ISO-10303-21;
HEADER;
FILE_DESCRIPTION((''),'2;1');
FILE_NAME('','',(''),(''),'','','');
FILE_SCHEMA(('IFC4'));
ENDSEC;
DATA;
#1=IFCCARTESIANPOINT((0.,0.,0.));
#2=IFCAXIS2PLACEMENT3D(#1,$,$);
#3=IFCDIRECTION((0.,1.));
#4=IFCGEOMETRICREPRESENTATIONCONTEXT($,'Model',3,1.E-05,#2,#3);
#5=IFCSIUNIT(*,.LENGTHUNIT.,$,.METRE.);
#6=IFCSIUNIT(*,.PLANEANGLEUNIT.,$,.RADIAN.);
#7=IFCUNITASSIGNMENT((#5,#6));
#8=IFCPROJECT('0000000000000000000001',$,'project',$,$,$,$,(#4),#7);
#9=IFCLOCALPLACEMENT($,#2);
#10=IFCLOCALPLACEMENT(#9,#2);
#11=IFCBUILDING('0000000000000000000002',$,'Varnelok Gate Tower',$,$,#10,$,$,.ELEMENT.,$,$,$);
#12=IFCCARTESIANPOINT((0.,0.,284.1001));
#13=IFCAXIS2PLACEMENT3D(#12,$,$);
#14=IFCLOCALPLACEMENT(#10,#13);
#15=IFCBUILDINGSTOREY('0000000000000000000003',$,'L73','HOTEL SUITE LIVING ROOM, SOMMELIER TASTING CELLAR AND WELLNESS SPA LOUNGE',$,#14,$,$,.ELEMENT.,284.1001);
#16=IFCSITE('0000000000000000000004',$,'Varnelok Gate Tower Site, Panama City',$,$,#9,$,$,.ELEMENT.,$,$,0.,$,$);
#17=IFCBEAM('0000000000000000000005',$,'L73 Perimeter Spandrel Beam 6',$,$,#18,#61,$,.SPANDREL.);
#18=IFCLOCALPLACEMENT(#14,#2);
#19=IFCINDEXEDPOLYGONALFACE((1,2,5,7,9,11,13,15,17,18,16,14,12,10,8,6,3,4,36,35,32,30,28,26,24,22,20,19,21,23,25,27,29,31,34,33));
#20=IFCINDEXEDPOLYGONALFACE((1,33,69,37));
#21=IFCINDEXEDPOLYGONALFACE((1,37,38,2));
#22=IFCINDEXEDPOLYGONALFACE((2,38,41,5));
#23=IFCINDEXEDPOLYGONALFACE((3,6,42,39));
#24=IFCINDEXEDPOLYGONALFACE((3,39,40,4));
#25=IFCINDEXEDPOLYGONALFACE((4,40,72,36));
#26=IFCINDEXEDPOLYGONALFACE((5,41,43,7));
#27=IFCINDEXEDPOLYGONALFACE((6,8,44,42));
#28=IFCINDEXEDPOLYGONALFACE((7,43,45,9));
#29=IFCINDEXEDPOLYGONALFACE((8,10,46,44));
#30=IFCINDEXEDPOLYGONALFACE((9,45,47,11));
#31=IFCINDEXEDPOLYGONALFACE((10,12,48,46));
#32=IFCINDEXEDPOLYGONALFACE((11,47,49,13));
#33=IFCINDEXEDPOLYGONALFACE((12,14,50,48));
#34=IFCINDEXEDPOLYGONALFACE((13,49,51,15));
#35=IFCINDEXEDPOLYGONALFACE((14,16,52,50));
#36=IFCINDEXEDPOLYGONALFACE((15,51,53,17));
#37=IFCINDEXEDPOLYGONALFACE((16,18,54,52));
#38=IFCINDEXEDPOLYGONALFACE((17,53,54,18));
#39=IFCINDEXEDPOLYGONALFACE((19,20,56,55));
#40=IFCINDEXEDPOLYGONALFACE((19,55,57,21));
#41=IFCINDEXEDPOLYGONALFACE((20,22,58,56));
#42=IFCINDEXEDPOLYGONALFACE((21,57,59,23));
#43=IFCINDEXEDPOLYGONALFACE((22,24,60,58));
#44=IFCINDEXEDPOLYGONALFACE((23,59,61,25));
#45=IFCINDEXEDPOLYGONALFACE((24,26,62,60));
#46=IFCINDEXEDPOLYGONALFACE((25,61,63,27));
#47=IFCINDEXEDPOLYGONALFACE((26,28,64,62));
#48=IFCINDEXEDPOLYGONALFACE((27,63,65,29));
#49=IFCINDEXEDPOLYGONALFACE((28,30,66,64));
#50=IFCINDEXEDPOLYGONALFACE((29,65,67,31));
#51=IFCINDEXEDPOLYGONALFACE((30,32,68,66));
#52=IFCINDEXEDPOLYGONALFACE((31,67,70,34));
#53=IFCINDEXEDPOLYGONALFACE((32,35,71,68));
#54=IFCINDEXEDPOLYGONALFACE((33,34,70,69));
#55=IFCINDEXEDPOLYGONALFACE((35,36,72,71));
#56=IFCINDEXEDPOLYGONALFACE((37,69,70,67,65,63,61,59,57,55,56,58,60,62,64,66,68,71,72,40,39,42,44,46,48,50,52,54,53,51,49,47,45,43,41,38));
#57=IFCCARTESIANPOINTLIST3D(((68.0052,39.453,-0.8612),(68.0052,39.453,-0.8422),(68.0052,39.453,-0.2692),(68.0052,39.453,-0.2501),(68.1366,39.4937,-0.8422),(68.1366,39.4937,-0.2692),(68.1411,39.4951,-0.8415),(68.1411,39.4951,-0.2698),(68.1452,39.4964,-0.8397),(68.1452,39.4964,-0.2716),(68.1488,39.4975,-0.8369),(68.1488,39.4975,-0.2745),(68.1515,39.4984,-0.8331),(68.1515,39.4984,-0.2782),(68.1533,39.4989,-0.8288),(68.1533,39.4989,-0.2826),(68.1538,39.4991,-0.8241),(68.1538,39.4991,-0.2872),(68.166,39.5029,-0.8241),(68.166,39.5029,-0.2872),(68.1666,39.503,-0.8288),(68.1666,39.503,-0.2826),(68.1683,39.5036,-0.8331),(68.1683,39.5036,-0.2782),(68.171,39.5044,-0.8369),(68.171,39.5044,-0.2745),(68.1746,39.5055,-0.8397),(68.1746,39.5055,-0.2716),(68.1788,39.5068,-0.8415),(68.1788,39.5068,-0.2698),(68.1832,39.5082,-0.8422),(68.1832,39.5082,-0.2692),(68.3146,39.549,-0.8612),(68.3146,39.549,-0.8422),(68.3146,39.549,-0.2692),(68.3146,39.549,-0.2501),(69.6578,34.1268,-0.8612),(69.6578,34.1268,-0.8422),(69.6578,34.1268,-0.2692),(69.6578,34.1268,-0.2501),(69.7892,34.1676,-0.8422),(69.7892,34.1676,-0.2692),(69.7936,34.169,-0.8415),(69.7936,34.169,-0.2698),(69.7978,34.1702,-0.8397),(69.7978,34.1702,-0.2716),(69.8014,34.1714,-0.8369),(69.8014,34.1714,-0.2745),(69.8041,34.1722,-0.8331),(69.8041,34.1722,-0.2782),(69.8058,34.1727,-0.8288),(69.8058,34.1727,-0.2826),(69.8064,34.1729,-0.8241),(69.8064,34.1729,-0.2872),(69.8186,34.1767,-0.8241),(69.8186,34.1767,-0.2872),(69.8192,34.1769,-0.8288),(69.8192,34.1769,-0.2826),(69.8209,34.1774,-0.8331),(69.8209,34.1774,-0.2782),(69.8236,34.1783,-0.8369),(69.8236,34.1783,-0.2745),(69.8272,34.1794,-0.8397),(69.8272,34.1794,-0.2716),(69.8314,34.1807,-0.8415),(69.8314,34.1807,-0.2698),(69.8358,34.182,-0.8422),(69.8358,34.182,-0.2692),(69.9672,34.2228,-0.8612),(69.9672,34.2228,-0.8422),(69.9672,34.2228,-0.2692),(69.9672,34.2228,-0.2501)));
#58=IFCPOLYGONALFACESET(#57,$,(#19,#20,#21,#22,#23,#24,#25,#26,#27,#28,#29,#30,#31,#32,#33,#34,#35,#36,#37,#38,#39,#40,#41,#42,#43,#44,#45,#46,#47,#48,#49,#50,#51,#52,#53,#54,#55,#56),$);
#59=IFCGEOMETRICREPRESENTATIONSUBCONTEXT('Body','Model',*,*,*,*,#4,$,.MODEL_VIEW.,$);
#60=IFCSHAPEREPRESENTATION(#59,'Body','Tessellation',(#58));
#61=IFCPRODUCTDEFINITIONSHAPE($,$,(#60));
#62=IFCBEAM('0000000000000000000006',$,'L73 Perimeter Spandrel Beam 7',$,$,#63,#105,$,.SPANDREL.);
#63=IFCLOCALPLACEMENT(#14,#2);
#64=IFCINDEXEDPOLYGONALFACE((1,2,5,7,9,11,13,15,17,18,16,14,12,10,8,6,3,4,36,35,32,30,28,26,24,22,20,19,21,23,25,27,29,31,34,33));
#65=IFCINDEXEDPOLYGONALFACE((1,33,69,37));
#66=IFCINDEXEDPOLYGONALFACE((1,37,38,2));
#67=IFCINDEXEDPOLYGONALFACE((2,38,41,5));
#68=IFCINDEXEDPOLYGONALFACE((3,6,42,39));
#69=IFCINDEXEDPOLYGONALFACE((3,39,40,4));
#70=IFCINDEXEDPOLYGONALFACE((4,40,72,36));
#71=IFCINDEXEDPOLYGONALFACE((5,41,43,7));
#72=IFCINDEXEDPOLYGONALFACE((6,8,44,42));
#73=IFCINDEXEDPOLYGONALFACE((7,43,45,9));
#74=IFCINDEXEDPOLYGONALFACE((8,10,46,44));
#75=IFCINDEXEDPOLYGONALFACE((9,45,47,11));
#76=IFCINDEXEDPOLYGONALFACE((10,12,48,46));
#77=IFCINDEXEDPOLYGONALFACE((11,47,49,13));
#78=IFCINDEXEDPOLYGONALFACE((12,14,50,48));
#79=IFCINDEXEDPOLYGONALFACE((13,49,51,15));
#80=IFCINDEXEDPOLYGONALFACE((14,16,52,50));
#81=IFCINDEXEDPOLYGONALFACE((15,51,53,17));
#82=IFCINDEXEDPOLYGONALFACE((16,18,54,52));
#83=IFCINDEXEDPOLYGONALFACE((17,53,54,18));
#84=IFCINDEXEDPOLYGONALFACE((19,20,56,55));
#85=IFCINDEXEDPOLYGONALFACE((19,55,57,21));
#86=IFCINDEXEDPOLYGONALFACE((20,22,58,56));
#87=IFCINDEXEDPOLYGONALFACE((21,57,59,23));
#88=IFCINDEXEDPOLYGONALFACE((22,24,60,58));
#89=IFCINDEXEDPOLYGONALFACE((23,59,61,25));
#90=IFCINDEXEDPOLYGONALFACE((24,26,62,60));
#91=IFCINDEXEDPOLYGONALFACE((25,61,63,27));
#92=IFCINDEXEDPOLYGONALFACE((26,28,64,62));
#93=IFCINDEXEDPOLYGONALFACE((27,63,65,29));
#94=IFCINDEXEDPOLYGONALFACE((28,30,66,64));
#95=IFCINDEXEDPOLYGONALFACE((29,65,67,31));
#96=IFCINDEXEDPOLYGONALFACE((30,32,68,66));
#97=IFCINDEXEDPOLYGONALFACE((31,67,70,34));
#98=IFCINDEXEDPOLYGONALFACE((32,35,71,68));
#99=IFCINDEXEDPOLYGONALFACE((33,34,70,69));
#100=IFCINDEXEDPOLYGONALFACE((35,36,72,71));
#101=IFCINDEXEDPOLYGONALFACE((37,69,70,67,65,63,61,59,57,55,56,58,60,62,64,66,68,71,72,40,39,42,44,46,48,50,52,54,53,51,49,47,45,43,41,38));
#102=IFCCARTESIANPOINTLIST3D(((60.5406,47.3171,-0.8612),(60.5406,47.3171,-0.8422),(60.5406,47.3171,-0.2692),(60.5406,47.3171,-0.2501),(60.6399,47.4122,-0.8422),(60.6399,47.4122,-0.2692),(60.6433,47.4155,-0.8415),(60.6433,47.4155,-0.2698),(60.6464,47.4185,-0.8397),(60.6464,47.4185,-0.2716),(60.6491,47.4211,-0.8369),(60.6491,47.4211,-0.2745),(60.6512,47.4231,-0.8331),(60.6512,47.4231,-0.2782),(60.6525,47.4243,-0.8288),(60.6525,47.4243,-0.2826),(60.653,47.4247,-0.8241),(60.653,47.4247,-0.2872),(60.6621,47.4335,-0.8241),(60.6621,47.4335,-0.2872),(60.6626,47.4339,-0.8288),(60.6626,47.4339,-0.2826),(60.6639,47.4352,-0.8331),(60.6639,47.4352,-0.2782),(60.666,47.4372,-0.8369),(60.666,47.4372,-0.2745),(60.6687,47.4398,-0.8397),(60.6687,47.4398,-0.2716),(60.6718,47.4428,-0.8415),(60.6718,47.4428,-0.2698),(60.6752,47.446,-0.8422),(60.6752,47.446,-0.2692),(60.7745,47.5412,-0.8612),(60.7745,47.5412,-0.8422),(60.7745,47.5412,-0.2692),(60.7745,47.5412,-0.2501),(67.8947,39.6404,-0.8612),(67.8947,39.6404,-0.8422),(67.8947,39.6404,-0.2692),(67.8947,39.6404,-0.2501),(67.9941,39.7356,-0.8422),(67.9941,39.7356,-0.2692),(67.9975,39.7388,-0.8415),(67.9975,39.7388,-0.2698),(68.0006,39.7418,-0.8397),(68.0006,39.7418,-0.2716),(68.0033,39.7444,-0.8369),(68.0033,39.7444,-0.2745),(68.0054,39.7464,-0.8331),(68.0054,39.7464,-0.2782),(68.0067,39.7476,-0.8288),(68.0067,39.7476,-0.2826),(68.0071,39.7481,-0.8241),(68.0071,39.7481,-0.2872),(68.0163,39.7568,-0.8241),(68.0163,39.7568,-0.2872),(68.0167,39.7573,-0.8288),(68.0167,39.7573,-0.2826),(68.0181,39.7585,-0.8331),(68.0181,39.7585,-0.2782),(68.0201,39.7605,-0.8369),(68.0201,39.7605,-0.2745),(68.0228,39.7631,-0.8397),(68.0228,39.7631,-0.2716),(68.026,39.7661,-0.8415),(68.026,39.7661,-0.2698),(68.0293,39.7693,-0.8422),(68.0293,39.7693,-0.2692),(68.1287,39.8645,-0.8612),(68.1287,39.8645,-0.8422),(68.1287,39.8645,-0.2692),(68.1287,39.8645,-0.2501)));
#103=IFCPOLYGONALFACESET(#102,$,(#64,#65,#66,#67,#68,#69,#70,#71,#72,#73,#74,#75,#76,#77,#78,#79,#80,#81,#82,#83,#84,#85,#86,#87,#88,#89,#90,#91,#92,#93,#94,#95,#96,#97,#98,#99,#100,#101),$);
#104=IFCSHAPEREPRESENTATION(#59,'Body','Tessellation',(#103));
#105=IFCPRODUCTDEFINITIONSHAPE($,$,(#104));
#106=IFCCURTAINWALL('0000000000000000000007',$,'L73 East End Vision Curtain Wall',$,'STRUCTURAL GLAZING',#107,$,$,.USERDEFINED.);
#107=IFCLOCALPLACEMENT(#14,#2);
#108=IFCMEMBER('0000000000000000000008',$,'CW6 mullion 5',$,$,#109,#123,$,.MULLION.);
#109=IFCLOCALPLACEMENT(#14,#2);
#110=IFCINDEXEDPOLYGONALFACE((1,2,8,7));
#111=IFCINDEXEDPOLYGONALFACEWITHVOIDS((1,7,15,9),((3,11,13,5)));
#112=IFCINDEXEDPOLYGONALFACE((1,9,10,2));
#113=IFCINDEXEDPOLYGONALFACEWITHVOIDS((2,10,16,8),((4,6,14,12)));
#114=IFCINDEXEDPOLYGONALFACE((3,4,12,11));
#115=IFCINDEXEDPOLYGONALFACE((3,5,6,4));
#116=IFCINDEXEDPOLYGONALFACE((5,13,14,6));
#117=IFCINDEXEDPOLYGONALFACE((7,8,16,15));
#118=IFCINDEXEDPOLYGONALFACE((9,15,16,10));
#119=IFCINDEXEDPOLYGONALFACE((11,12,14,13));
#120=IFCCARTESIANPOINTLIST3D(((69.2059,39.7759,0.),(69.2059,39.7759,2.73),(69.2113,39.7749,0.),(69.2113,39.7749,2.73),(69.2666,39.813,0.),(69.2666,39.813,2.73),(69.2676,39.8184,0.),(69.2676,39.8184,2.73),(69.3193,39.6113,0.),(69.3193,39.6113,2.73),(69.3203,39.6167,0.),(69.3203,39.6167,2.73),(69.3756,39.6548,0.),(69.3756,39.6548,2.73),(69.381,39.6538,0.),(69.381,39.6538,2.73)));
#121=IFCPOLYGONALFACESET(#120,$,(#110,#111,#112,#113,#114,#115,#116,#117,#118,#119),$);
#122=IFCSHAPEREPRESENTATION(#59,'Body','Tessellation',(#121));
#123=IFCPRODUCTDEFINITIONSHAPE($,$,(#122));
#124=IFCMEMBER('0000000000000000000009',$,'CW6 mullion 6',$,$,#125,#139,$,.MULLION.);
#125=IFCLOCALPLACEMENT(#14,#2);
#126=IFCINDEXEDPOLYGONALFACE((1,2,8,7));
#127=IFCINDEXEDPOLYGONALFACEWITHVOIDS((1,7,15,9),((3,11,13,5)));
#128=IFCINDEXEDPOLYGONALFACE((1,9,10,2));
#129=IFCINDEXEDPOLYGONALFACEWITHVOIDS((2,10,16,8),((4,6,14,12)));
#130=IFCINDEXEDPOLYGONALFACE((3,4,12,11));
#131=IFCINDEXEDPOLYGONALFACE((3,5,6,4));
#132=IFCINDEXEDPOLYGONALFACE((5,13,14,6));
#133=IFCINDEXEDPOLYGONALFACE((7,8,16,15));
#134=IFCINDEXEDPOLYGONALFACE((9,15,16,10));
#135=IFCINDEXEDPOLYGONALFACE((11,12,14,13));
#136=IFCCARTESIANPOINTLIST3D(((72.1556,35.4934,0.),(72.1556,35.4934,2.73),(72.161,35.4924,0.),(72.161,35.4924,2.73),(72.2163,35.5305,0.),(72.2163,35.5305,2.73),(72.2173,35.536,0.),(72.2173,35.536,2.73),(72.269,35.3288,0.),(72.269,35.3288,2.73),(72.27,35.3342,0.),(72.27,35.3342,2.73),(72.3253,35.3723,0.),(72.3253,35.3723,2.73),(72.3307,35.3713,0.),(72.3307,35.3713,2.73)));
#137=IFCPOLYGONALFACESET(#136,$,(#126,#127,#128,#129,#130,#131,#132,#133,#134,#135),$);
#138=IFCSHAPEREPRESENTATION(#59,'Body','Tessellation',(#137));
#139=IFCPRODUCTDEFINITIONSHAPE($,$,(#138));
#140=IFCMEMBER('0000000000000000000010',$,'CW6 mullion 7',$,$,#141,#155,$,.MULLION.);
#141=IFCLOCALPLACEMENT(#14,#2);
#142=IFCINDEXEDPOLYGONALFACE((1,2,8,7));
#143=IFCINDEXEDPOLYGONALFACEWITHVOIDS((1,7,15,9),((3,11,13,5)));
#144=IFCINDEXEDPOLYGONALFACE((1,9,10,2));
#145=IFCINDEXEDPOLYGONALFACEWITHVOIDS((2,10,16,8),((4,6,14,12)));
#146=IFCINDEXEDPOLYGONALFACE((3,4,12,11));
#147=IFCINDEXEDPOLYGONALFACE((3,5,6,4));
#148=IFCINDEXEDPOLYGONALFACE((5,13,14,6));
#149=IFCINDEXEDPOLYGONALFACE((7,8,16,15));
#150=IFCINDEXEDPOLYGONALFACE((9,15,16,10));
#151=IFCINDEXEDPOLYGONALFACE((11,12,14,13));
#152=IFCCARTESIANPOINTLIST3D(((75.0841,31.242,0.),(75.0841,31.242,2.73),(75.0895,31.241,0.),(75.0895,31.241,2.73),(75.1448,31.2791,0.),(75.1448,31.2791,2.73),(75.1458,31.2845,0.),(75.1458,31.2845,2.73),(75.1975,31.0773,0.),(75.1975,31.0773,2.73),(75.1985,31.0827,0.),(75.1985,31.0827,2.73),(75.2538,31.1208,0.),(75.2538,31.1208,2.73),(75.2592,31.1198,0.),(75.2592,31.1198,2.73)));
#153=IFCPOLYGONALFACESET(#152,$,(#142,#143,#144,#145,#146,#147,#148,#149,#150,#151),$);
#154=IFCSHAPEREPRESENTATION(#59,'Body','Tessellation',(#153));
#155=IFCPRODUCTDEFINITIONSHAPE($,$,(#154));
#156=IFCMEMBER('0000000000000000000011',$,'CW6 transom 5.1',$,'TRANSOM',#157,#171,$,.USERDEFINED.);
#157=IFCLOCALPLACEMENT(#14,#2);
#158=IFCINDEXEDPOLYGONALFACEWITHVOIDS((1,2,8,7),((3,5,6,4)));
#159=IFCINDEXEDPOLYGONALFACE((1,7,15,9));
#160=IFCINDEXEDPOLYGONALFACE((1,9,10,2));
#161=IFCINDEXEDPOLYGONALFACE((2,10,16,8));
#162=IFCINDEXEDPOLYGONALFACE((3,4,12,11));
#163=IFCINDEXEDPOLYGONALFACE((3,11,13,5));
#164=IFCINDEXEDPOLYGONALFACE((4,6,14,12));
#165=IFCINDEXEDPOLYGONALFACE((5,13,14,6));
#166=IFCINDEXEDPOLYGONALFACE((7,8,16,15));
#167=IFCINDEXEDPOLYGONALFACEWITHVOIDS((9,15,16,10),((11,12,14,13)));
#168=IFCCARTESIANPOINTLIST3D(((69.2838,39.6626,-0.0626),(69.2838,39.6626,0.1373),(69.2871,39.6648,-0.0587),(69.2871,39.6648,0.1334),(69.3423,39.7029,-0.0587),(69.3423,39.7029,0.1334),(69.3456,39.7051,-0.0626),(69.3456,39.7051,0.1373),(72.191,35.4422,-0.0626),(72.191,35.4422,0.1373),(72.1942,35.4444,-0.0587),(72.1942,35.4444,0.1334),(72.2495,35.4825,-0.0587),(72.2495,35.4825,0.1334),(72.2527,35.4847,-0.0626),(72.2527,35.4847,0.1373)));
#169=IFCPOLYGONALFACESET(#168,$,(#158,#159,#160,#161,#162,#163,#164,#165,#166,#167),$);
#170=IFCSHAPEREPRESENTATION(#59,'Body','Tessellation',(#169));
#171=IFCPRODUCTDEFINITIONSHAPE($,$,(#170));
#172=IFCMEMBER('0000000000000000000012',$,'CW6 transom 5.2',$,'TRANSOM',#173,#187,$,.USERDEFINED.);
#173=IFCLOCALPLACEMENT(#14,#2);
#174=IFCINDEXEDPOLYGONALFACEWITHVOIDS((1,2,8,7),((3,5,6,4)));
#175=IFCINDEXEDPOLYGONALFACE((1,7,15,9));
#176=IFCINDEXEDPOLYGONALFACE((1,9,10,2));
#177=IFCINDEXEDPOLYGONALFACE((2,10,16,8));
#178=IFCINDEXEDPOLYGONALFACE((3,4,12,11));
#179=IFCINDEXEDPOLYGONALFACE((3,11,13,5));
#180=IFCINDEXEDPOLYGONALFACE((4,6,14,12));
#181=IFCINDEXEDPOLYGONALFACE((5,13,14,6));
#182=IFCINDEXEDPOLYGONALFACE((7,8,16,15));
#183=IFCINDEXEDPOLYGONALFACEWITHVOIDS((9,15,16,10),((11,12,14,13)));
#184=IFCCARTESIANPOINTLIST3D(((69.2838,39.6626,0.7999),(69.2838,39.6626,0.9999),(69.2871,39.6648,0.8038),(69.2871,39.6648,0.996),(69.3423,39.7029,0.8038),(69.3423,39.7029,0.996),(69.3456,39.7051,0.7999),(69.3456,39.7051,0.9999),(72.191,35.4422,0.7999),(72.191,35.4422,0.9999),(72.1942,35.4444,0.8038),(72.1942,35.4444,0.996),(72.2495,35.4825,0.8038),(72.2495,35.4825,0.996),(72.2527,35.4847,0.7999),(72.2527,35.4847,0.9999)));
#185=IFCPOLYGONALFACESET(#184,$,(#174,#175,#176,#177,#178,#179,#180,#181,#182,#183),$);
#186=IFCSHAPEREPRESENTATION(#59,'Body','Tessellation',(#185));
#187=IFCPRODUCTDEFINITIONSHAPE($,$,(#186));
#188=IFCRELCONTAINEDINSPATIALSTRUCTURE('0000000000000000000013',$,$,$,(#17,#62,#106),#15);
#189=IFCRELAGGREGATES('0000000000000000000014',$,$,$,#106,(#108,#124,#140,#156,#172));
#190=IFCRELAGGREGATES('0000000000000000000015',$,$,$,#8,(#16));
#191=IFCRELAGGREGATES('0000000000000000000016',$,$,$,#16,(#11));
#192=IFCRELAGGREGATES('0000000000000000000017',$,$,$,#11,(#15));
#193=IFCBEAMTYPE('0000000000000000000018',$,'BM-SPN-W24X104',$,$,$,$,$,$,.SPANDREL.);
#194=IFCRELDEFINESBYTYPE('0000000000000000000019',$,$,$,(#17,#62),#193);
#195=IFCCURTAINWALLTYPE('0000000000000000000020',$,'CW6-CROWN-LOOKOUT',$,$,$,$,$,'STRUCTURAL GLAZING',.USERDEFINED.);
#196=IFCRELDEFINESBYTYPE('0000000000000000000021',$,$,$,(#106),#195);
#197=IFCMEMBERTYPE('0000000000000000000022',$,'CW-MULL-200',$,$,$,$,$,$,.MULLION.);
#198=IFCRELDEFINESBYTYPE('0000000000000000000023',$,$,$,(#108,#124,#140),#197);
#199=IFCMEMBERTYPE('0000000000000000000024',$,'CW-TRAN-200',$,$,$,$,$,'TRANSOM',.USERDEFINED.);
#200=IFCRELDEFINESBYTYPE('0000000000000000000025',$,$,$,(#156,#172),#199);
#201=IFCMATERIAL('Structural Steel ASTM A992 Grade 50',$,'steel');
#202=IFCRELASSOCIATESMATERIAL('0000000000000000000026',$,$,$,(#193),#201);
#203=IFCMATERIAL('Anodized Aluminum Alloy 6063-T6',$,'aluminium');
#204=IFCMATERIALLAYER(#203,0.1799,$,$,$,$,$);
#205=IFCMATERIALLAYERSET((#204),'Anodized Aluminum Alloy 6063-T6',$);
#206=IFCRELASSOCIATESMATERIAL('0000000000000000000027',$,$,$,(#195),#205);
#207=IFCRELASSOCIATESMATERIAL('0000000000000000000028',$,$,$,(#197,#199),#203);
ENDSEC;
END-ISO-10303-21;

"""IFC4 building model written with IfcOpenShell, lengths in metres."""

from ifc_helpers import new_model, si_unit, direction, frame, origin, origin_2d, place, context, subcontext, project, spatial, hollow_rectangle, i_section, extrude, material, layer, layer_set, material_profile, profile_set, type_object, element, aggregate, save


model = new_model("IFC4")

# Units and contexts
model_context = context("Model", 3, precision=1e-05, world=origin(), true_north=direction((0.0, 1.0)))
body_context = subcontext(model_context, "Body", "Model", "MODEL_VIEW")
ifc_project = project(units=[si_unit("LENGTHUNIT", "METRE"), si_unit("PLANEANGLEUNIT", "RADIAN")], contexts=[model_context])

# Site, building, storey
site_placement = place(None, origin())
site = spatial("IfcSite", under=ifc_project, at=site_placement, Name="Varnelok Gate Tower Site, Panama City", CompositionType="ELEMENT", RefElevation=0.0)
building_placement = place(site_placement, origin())
building = spatial("IfcBuilding", under=site, at=building_placement, Name="Varnelok Gate Tower", CompositionType="ELEMENT")
storey_placement = place(building_placement, frame((0.0, 0.0, 284.1001)))
storey = spatial("IfcBuildingStorey", under=building, at=storey_placement, Name="L73", Description="HOTEL SUITE LIVING ROOM, SOMMELIER TASTING CELLAR AND WELLNESS SPA LOUNGE", CompositionType="ELEMENT", Elevation=284.1001)

# Shared definitions
ifc_material_1 = material(Name="Structural Steel ASTM A992 Grade 50", Category="steel")

# Beams
ifc_material_profile_1 = material_profile(ifc_material_1, i_section(OverallWidth=0.324, OverallDepth=0.6111, WebThickness=0.0127, FlangeThickness=0.019, FilletRadius=0.0181, at=origin_2d()), Name="W24X104")
ifc_profile_set_1 = profile_set([ifc_material_profile_1], Name="Structural Steel ASTM A992 Grade 50")
beam_type_1 = type_object("IfcBeamType", Name="BM-SPN-W24X104", PredefinedType="SPANDREL", material=ifc_profile_set_1)
beam_1_placement = place(storey_placement, frame((69.8125, 34.1748, -0.5557), z_axis=(-0.29634, 0.955083, 0.0), x_axis=(-0.955083, -0.29634, 0.0)))
element("IfcBeam", 1, at=beam_1_placement, inside=storey, type_object=beam_type_1, Name="L73 Perimeter Spandrel Beam 6", PredefinedType="SPANDREL", context=body_context, shape_type="SweptSolid", body=[
    extrude(i_section(OverallWidth=0.324, OverallDepth=0.6111, WebThickness=0.0127, FlangeThickness=0.019, FilletRadius=0.0181, at=origin_2d()), origin(), (0.0, 0.0, 1.0), 5.5767),
])
beam_2_placement = place(storey_placement, frame((68.0117, 39.7524, -0.5557), z_axis=(-0.691776, 0.722112, 0.0), x_axis=(-0.722112, -0.691776, 0.0)))
element("IfcBeam", 2, at=beam_2_placement, inside=storey, type_object=beam_type_1, Name="L73 Perimeter Spandrel Beam 7", PredefinedType="SPANDREL", context=body_context, shape_type="SweptSolid", body=[
    extrude(i_section(OverallWidth=0.324, OverallDepth=0.6111, WebThickness=0.0127, FlangeThickness=0.019, FilletRadius=0.0181, at=origin_2d()), origin(), (0.0, 0.0, 1.0), 10.6309),
])

# Curtain wall, members
ifc_material_2 = material(Name="Anodized Aluminum Alloy 6063-T6", Category="aluminium")
ifc_layer_1 = layer(ifc_material_2, 0.1799)
ifc_layer_set_1 = layer_set([ifc_layer_1], Name="Anodized Aluminum Alloy 6063-T6")
curtain_wall_type = type_object("IfcCurtainWallType", Name="CW6-CROWN-LOOKOUT", ElementType="STRUCTURAL GLAZING", PredefinedType="USERDEFINED", material=ifc_layer_set_1)
curtain_wall_placement = place(storey_placement, origin())
curtain_wall = element("IfcCurtainWall", 3, at=curtain_wall_placement, inside=storey, type_object=curtain_wall_type, Name="L73 East End Vision Curtain Wall", ObjectType="STRUCTURAL GLAZING", PredefinedType="USERDEFINED")
ifc_material_profile_2 = material_profile(ifc_material_2, hollow_rectangle(XDim=0.075, YDim=0.2, WallThickness=0.0039, at=origin_2d()), Name="ALU200X75X4")
ifc_profile_set_2 = profile_set([ifc_material_profile_2], Name="Anodized Aluminum Alloy 6063-T6")
member_type_1 = type_object("IfcMemberType", Name="CW-MULL-200", PredefinedType="MULLION", material=ifc_profile_set_2)
member_1_placement = place(storey_placement, frame((69.2935, 39.7148, 0.0), z_axis=(0.0, 0.0, 1.0), x_axis=(0.823532, 0.567269, 0.0)))
member_1 = element("IfcMember", 4, at=member_1_placement, type_object=member_type_1, Name="CW6 mullion 5", PredefinedType="MULLION", context=body_context, shape_type="SweptSolid", body=[
    extrude(hollow_rectangle(XDim=0.075, YDim=0.2, WallThickness=0.0039, at=origin_2d()), origin(), (0.0, 0.0, 1.0), 2.73),
])
member_2_placement = place(storey_placement, frame((72.2432, 35.4324, 0.0), z_axis=(0.0, 0.0, 1.0), x_axis=(0.823532, 0.567269, 0.0)))
member_2 = element("IfcMember", 5, at=member_2_placement, type_object=member_type_1, Name="CW6 mullion 6", PredefinedType="MULLION", context=body_context, shape_type="SweptSolid", body=[
    extrude(hollow_rectangle(XDim=0.075, YDim=0.2, WallThickness=0.0039, at=origin_2d()), origin(), (0.0, 0.0, 1.0), 2.73),
])
member_3_placement = place(storey_placement, frame((75.1716, 31.1809, 0.0), z_axis=(0.0, 0.0, 1.0), x_axis=(0.823532, 0.567269, 0.0)))
member_3 = element("IfcMember", 6, at=member_3_placement, type_object=member_type_1, Name="CW6 mullion 7", PredefinedType="MULLION", context=body_context, shape_type="SweptSolid", body=[
    extrude(hollow_rectangle(XDim=0.075, YDim=0.2, WallThickness=0.0039, at=origin_2d()), origin(), (0.0, 0.0, 1.0), 2.73),
])
ifc_material_profile_3 = material_profile(ifc_material_2, hollow_rectangle(XDim=0.075, YDim=0.2, WallThickness=0.0039, at=origin_2d()), Name="ALU200X75X4")
ifc_profile_set_3 = profile_set([ifc_material_profile_3], Name="Anodized Aluminum Alloy 6063-T6")
member_type_2 = type_object("IfcMemberType", Name="CW-TRAN-200", ElementType="TRANSOM", PredefinedType="USERDEFINED", material=ifc_profile_set_3)
member_4_placement = place(storey_placement, frame((69.3147, 39.6838, 0.0374), z_axis=(0.567279, -0.823526, 0.0), x_axis=(0.823526, 0.567279, 0.0)))
member_4 = element("IfcMember", 7, at=member_4_placement, type_object=member_type_2, Name="CW6 transom 5.1", ObjectType="TRANSOM", PredefinedType="USERDEFINED", context=body_context, shape_type="SweptSolid", body=[
    extrude(hollow_rectangle(XDim=0.075, YDim=0.2, WallThickness=0.0039, at=origin_2d()), origin(), (0.0, 0.0, 1.0), 5.1248),
])
member_5_placement = place(storey_placement, frame((69.3147, 39.6838, 0.8999), z_axis=(0.567279, -0.823526, 0.0), x_axis=(0.823526, 0.567279, 0.0)))
member_5 = element("IfcMember", 8, at=member_5_placement, type_object=member_type_2, Name="CW6 transom 5.2", ObjectType="TRANSOM", PredefinedType="USERDEFINED", context=body_context, shape_type="SweptSolid", body=[
    extrude(hollow_rectangle(XDim=0.075, YDim=0.2, WallThickness=0.0039, at=origin_2d()), origin(), (0.0, 0.0, 1.0), 5.1248),
])
aggregate(curtain_wall, [member_1, member_2, member_3, member_4, member_5])

save(model, "model.ifc")
